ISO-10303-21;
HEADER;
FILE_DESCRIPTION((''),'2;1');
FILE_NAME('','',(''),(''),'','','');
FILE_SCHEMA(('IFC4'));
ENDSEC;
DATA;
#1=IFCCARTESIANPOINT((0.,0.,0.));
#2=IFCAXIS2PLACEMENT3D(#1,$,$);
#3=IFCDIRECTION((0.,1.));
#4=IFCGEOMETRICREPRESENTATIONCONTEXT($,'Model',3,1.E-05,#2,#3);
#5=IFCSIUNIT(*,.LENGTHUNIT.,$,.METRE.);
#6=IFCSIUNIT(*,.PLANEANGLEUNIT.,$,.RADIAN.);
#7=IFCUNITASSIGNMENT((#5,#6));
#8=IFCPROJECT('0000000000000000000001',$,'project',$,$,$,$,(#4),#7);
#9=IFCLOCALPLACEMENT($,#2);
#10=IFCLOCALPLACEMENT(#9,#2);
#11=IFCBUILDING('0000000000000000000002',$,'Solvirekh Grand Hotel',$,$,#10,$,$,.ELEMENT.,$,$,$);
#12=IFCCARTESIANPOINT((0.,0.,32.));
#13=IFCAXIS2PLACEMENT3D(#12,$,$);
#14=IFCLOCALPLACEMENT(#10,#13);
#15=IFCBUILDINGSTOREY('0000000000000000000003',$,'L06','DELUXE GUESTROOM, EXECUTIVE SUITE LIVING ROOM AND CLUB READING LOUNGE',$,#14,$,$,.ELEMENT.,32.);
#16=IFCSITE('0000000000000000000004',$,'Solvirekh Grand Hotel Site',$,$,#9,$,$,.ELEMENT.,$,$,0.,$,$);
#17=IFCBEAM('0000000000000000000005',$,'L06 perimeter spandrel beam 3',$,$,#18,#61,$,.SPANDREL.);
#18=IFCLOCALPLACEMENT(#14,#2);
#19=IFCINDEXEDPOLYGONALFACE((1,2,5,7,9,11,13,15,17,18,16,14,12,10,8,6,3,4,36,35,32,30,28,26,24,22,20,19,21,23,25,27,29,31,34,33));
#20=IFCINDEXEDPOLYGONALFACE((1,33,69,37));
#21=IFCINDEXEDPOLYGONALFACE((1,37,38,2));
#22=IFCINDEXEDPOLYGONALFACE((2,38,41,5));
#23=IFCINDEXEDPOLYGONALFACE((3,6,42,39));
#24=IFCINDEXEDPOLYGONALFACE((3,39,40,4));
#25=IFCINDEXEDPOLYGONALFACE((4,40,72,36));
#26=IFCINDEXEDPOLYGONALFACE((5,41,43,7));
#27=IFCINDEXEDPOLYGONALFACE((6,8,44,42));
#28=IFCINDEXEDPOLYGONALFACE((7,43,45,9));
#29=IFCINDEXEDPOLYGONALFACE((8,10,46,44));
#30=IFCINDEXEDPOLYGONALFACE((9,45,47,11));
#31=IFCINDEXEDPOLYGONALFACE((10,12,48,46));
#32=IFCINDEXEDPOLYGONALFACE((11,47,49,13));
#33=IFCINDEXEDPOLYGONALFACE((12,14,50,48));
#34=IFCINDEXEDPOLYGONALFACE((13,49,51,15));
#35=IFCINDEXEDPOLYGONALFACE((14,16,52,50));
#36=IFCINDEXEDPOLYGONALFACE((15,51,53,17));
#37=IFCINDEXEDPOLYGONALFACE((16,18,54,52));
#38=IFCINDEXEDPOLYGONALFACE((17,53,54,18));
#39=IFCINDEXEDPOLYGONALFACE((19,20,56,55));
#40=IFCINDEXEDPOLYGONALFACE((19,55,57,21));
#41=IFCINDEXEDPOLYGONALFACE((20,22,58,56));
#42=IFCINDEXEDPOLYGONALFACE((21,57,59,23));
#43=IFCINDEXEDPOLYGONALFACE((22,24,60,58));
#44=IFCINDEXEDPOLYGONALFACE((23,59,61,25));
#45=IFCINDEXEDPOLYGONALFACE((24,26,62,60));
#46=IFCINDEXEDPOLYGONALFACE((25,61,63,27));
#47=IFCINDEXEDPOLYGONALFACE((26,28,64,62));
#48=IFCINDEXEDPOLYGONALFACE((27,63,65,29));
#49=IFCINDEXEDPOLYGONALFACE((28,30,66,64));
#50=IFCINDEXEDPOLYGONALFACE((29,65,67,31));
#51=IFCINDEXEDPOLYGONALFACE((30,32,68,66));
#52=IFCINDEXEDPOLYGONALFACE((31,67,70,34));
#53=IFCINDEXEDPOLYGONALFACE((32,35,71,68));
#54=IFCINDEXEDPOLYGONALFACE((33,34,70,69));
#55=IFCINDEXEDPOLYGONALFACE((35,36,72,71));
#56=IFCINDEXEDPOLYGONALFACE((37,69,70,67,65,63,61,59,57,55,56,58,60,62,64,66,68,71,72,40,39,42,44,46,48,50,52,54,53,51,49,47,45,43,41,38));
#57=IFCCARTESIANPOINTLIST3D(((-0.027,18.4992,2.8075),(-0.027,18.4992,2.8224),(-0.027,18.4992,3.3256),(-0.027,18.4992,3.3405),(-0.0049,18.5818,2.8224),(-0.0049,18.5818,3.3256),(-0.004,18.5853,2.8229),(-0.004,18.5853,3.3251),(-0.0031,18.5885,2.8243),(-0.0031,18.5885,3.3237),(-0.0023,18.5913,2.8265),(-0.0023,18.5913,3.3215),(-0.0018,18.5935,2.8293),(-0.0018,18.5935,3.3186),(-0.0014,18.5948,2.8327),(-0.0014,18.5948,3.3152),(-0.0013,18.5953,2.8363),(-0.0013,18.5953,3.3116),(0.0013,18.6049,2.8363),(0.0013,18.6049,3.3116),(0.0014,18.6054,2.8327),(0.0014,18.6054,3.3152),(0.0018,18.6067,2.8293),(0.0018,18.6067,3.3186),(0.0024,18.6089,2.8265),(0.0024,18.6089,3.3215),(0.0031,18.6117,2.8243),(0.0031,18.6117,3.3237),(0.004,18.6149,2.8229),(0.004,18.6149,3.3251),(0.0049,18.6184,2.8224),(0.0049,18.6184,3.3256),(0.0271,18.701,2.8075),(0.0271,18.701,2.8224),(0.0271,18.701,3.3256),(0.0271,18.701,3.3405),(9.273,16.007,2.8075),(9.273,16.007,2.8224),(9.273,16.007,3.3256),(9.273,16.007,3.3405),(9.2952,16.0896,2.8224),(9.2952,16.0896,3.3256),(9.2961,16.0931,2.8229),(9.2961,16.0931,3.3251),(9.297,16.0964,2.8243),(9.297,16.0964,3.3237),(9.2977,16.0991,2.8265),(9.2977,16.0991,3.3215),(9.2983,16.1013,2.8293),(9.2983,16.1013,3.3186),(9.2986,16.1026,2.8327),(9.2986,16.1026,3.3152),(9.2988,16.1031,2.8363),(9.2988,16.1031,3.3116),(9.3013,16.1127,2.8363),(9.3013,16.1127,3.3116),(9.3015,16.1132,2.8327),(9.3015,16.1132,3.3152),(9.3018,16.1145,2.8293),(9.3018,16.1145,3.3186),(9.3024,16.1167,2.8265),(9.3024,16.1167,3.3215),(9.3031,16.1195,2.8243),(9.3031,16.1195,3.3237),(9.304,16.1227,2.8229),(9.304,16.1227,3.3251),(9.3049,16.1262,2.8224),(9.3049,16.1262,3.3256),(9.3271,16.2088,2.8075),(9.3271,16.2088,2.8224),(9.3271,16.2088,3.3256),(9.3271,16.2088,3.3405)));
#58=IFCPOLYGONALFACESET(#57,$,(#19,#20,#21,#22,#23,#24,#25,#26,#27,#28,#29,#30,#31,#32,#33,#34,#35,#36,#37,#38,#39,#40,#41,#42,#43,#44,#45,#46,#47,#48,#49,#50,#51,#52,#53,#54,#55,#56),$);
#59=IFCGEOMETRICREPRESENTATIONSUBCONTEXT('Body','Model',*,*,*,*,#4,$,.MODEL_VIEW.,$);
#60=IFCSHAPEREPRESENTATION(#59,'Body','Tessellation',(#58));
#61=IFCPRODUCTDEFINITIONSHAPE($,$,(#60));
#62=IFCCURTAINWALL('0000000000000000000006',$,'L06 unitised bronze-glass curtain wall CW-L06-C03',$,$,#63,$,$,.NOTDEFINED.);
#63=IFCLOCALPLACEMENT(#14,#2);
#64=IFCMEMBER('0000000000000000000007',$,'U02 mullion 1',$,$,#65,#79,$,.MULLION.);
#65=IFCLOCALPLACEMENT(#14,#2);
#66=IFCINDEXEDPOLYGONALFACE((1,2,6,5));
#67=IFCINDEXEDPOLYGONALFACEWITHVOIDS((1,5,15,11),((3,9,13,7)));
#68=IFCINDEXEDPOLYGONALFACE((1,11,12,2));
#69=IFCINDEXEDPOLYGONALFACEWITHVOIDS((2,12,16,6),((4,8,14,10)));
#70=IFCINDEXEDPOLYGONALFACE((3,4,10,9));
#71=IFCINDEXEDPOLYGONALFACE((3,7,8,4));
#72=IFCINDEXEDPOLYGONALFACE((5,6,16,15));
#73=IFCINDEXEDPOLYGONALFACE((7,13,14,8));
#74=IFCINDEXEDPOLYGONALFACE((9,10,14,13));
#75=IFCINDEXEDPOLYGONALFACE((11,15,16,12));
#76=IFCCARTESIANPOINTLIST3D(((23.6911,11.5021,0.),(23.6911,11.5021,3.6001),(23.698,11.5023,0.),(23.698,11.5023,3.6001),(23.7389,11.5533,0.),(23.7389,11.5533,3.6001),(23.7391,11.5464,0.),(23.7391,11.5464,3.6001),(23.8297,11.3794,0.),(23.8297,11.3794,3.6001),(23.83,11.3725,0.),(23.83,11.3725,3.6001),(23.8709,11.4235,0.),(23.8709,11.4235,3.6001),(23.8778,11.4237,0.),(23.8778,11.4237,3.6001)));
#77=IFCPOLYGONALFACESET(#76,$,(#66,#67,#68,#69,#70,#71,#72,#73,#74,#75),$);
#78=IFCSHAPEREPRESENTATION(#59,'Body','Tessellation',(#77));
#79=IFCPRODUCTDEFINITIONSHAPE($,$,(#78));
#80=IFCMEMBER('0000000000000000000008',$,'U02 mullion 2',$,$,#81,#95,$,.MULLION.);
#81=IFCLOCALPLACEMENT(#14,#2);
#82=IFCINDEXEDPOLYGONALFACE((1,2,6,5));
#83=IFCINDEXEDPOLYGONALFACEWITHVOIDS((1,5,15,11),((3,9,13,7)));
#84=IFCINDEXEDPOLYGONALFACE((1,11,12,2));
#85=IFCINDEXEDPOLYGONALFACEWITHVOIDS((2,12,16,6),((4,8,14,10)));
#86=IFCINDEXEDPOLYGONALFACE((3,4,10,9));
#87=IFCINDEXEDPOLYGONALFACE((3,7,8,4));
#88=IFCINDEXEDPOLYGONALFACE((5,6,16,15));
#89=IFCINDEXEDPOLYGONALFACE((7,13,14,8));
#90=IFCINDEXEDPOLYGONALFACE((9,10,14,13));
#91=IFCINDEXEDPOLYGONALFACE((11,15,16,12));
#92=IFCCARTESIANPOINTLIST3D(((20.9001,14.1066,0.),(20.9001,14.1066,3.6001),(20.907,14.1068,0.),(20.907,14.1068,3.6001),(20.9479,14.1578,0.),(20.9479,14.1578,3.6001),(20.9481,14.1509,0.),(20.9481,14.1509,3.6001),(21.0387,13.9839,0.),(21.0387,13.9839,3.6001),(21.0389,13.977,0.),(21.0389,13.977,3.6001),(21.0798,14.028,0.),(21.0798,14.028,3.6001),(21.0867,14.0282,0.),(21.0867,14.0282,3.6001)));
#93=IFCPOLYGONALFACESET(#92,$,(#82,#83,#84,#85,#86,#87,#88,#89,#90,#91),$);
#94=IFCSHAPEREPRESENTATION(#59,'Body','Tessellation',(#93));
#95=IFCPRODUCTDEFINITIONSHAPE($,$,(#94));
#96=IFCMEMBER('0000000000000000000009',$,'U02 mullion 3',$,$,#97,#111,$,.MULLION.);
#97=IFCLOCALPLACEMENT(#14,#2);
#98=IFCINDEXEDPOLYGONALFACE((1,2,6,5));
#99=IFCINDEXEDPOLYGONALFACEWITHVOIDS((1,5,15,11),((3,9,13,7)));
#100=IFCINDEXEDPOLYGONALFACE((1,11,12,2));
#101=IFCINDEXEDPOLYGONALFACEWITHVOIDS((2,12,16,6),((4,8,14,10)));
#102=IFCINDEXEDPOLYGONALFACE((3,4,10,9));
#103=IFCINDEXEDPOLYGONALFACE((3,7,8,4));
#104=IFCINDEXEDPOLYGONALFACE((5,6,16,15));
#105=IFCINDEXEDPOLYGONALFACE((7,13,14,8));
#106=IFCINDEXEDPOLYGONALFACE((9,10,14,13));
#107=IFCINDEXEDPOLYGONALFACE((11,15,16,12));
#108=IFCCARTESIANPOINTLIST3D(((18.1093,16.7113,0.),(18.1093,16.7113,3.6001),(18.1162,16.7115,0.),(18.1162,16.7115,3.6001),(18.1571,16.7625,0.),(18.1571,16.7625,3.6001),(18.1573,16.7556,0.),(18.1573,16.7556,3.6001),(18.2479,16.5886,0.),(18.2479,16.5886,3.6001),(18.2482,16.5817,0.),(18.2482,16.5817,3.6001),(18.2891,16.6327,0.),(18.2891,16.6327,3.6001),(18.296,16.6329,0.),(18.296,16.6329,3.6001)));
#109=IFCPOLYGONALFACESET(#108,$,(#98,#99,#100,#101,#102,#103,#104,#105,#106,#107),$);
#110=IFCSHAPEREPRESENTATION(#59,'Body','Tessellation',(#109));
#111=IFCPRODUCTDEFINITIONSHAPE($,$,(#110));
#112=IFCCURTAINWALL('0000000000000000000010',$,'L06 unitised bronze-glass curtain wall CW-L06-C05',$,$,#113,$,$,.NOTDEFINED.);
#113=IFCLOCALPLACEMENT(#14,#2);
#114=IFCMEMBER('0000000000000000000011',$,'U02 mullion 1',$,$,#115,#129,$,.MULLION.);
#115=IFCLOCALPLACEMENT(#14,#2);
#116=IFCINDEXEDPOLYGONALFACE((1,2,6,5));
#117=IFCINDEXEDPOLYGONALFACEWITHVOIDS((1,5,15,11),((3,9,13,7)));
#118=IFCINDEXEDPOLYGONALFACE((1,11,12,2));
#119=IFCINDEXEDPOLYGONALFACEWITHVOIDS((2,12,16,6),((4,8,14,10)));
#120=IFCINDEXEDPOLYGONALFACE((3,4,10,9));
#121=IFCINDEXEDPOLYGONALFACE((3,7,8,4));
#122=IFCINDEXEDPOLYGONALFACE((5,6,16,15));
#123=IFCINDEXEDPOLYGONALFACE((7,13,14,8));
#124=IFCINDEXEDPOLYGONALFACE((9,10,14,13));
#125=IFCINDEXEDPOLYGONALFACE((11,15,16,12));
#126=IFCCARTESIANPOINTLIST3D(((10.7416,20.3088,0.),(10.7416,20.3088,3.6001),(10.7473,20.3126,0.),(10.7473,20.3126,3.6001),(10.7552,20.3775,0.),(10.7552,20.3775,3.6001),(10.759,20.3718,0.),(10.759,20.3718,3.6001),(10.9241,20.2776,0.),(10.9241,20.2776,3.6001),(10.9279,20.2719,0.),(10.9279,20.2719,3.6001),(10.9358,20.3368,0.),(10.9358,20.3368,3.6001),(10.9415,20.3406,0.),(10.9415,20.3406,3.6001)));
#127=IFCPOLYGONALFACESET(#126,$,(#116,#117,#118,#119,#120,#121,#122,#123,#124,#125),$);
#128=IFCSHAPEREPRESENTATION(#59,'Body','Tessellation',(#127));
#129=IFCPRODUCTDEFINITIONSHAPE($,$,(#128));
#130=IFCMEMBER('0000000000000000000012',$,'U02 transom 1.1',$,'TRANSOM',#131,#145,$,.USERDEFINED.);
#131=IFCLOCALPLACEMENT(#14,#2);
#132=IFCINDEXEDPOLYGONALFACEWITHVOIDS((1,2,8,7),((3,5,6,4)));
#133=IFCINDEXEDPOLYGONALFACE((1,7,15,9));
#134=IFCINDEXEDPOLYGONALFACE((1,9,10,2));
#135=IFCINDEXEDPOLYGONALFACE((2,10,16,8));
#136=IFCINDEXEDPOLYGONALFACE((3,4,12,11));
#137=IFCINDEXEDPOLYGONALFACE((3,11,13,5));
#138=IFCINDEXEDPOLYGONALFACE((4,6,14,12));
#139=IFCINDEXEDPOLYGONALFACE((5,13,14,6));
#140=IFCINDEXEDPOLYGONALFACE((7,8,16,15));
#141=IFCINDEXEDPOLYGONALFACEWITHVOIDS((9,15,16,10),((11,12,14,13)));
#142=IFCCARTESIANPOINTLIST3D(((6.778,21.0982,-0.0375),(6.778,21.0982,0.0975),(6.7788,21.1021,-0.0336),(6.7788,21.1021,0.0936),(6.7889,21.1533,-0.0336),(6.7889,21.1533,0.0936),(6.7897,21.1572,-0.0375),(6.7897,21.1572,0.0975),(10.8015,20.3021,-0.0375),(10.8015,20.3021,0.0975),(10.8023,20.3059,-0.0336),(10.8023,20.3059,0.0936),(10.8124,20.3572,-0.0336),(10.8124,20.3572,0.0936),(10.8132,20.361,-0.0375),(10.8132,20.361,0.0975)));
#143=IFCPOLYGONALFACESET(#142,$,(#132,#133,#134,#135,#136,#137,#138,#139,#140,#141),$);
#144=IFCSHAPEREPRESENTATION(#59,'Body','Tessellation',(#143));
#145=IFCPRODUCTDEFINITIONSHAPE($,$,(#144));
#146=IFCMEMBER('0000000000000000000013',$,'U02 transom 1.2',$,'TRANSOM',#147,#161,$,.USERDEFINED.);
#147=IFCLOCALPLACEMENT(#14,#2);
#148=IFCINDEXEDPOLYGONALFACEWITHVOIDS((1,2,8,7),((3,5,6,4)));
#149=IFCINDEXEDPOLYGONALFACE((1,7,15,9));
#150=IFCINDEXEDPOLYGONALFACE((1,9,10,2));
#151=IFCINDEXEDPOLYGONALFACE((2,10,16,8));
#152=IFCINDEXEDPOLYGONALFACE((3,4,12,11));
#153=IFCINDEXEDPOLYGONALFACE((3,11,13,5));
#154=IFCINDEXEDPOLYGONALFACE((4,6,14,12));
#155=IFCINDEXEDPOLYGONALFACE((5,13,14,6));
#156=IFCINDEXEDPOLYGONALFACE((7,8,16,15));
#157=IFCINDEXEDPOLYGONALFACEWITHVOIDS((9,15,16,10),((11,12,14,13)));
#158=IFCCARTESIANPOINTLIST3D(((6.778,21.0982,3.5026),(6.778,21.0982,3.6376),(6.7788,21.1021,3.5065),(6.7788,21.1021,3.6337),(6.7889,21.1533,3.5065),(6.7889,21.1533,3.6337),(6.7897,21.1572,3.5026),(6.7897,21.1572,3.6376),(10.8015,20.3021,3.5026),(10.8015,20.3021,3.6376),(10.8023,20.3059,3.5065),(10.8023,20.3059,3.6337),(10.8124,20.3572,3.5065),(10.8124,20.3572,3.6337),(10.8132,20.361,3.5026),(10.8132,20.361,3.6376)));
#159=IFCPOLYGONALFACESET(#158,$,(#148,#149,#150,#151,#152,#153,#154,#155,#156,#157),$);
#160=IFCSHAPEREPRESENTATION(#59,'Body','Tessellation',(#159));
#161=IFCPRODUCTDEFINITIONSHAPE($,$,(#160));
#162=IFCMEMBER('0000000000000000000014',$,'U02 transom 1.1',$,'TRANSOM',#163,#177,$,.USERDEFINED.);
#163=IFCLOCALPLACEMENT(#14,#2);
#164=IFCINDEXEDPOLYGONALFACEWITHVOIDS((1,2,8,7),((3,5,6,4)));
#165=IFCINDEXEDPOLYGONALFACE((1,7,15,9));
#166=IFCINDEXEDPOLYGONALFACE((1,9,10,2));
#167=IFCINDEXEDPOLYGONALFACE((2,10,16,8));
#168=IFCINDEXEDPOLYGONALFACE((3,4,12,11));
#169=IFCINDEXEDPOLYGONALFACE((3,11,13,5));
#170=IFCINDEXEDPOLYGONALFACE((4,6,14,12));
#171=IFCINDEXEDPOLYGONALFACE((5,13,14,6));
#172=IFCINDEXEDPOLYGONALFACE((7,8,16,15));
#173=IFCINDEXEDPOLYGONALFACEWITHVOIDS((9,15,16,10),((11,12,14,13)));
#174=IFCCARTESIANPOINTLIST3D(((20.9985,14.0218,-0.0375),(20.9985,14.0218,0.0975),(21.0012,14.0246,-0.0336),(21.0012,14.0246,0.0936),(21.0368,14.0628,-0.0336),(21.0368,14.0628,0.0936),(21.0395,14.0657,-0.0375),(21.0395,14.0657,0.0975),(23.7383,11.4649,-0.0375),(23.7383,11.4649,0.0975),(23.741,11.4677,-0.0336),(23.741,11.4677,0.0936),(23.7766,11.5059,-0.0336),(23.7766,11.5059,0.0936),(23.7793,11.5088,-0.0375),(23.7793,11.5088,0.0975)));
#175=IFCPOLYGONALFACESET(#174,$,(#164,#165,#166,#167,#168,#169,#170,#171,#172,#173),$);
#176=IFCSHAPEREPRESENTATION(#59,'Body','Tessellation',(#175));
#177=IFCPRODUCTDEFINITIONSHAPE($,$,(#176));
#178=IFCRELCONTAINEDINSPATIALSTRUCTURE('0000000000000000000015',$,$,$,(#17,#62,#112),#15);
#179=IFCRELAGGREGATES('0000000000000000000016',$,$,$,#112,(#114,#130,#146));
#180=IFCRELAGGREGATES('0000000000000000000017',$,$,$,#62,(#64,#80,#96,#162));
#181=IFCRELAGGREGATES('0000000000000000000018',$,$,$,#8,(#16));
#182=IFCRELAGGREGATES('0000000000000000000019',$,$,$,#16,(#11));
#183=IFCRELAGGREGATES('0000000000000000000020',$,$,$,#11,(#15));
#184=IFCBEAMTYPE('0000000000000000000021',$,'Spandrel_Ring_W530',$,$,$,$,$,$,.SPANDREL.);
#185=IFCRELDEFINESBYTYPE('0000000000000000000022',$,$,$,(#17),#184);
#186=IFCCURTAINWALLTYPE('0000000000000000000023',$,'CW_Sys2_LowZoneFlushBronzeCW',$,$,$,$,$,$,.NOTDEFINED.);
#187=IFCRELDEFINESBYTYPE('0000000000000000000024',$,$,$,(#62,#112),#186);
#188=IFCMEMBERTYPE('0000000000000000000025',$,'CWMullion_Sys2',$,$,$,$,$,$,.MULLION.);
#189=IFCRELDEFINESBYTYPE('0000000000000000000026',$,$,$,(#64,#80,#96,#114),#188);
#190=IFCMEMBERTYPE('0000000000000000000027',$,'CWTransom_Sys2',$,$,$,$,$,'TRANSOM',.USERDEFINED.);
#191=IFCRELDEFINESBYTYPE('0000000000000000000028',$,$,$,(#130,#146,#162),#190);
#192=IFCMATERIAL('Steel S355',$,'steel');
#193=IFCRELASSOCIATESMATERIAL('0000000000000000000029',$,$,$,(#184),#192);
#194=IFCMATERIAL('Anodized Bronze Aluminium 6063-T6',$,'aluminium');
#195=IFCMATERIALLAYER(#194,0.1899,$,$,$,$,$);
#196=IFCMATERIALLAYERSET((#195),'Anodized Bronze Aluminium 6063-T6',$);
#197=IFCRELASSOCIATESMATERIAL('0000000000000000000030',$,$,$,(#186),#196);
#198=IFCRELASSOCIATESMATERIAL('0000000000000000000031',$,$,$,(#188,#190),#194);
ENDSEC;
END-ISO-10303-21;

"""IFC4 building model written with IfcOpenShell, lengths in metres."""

from ifc_helpers import new_model, si_unit, direction, frame, origin, origin_2d, place, context, subcontext, project, spatial, hollow_rectangle, i_section, extrude, source, transform, mapped, material, layer, layer_set, material_profile, profile_set, type_object, element, aggregate, save


model = new_model("IFC4")

# Units and contexts
model_context = context("Model", 3, precision=1e-05, world=origin(), true_north=direction((0.0, 1.0)))
body_context = subcontext(model_context, "Body", "Model", "MODEL_VIEW")
ifc_project = project(units=[si_unit("LENGTHUNIT", "METRE"), si_unit("PLANEANGLEUNIT", "RADIAN")], contexts=[model_context])

# Site, building, storey
site_placement = place(None, origin())
site = spatial("IfcSite", under=ifc_project, at=site_placement, Name="Solvirekh Grand Hotel Site", CompositionType="ELEMENT", RefElevation=0.0)
building_placement = place(site_placement, origin())
building = spatial("IfcBuilding", under=site, at=building_placement, Name="Solvirekh Grand Hotel", CompositionType="ELEMENT")
storey_placement = place(building_placement, frame((0.0, 0.0, 32.0)))
storey = spatial("IfcBuildingStorey", under=building, at=storey_placement, Name="L06", Description="DELUXE GUESTROOM, EXECUTIVE SUITE LIVING ROOM AND CLUB READING LOUNGE", CompositionType="ELEMENT", Elevation=32.0)

# Beam
ifc_material_1 = material(Name="Steel S355", Category="steel")
ifc_material_profile_1 = material_profile(ifc_material_1, i_section(OverallWidth=0.209, OverallDepth=0.533, WebThickness=0.01, FlangeThickness=0.0149, FilletRadius=0.0139, at=origin_2d()), Name="W530X92")
ifc_profile_set_1 = profile_set([ifc_material_profile_1], Name="Steel S355")
beam_type = type_object("IfcBeamType", Name="Spandrel_Ring_W530", PredefinedType="SPANDREL", material=ifc_profile_set_1)
beam_placement = place(storey_placement, frame((9.3, 16.1079, 3.074), z_axis=(-0.965919, 0.258843, 0.0), x_axis=(-0.258843, -0.965919, 0.0)))
element("IfcBeam", 1, at=beam_placement, inside=storey, type_object=beam_type, Name="L06 perimeter spandrel beam 3", PredefinedType="SPANDREL", context=body_context, shape_type="SweptSolid", body=[
    extrude(i_section(OverallWidth=0.209, OverallDepth=0.533, WebThickness=0.01, FlangeThickness=0.0149, FilletRadius=0.0139, at=origin_2d()), origin(), (0.0, 0.0, 1.0), 9.6282),
])

# Curtain walls, members
ifc_material_2 = material(Name="Anodized Bronze Aluminium 6063-T6", Category="aluminium")
ifc_layer_1 = layer(ifc_material_2, 0.1899)
ifc_layer_set_1 = layer_set([ifc_layer_1], Name="Anodized Bronze Aluminium 6063-T6")
curtain_wall_type = type_object("IfcCurtainWallType", Name="CW_Sys2_LowZoneFlushBronzeCW", PredefinedType="NOTDEFINED", material=ifc_layer_set_1)
curtain_wall_1_placement = place(storey_placement, origin())
curtain_wall_1 = element("IfcCurtainWall", 2, at=curtain_wall_1_placement, inside=storey, type_object=curtain_wall_type, Name="L06 unitised bronze-glass curtain wall CW-L06-C03", PredefinedType="NOTDEFINED")
ifc_material_profile_2 = material_profile(ifc_material_2, hollow_rectangle(XDim=0.0701, YDim=0.1899, WallThickness=0.0049, at=origin_2d()), Name="ALU RHS 190X70X5")
ifc_profile_set_2 = profile_set([ifc_material_profile_2], Name="Anodized Bronze Aluminium 6063-T6")
member_type_1 = type_object("IfcMemberType", Name="CWMullion_Sys2", PredefinedType="MULLION", material=ifc_profile_set_2)
shared_shape_1 = source(origin(), body_context, "Body", "SweptSolid", [
    extrude(hollow_rectangle(XDim=0.0701, YDim=0.1899, WallThickness=0.0049, at=origin_2d()), origin(), (0.0, 0.0, 1.0), 3.6001),
])
member_1_placement = place(storey_placement, frame((23.7844, 11.4629, 0.0), z_axis=(0.0, 0.0, 1.0), x_axis=(-0.682286, -0.731085, 0.0)))
member_1 = element("IfcMember", 3, at=member_1_placement, type_object=member_type_1, Name="U02 mullion 1", PredefinedType="MULLION", context=body_context, shape_type="MappedRepresentation", body=[
    mapped(shared_shape_1, transform((0.0, 0.0, 0.0), x_axis=(1.0, 0.0, 0.0), y_axis=(0.0, 1.0, 0.0), z_axis=(0.0, 0.0, 1.0), scale=1.0)),
])
member_2_placement = place(storey_placement, frame((20.9934, 14.0674, 0.0), z_axis=(0.0, 0.0, 1.0), x_axis=(-0.682286, -0.731085, 0.0)))
member_2 = element("IfcMember", 4, at=member_2_placement, type_object=member_type_1, Name="U02 mullion 2", PredefinedType="MULLION", context=body_context, shape_type="MappedRepresentation", body=[
    mapped(shared_shape_1, transform((0.0, 0.0, 0.0), x_axis=(1.0, 0.0, 0.0), y_axis=(0.0, 1.0, 0.0), z_axis=(0.0, 0.0, 1.0), scale=1.0)),
])
member_3_placement = place(storey_placement, frame((18.2026, 16.6721, 0.0), z_axis=(0.0, 0.0, 1.0), x_axis=(-0.682286, -0.731085, 0.0)))
member_3 = element("IfcMember", 5, at=member_3_placement, type_object=member_type_1, Name="U02 mullion 3", PredefinedType="MULLION", context=body_context, shape_type="MappedRepresentation", body=[
    mapped(shared_shape_1, transform((0.0, 0.0, 0.0), x_axis=(1.0, 0.0, 0.0), y_axis=(0.0, 1.0, 0.0), z_axis=(0.0, 0.0, 1.0), scale=1.0)),
])
curtain_wall_2_placement = place(storey_placement, origin())
curtain_wall_2 = element("IfcCurtainWall", 6, at=curtain_wall_2_placement, inside=storey, type_object=curtain_wall_type, Name="L06 unitised bronze-glass curtain wall CW-L06-C05", PredefinedType="NOTDEFINED")
member_4_placement = place(storey_placement, frame((10.8416, 20.3247, 0.0), z_axis=(0.0, 0.0, 1.0), x_axis=(-0.194104, -0.980981, 0.0)))
member_4 = element("IfcMember", 7, at=member_4_placement, type_object=member_type_1, Name="U02 mullion 1", PredefinedType="MULLION", context=body_context, shape_type="MappedRepresentation", body=[
    mapped(shared_shape_1, transform((0.0, 0.0, 0.0), x_axis=(1.0, 0.0, 0.0), y_axis=(0.0, 1.0, 0.0), z_axis=(0.0, 0.0, 1.0), scale=1.0)),
])
ifc_material_profile_3 = material_profile(ifc_material_2, hollow_rectangle(XDim=0.0601, YDim=0.135, WallThickness=0.0039, at=origin_2d()), Name="ALU RHS 135X60X4")
ifc_profile_set_3 = profile_set([ifc_material_profile_3], Name="Anodized Bronze Aluminium 6063-T6")
member_type_2 = type_object("IfcMemberType", Name="CWTransom_Sys2", ElementType="TRANSOM", PredefinedType="USERDEFINED", material=ifc_profile_set_3)
shared_shape_2 = source(origin(), body_context, "Body", "SweptSolid", [
    extrude(hollow_rectangle(XDim=0.0601, YDim=0.135, WallThickness=0.0039, at=origin_2d()), origin(), (0.0, 0.0, 1.0), 4.1016),
])
member_5_placement = place(storey_placement, frame((10.8074, 20.3315, 0.03), z_axis=(-0.980979, 0.194112, 0.0), x_axis=(-0.194112, -0.980979, 0.0)))
member_5 = element("IfcMember", 8, at=member_5_placement, type_object=member_type_2, Name="U02 transom 1.1", ObjectType="TRANSOM", PredefinedType="USERDEFINED", context=body_context, shape_type="MappedRepresentation", body=[
    mapped(shared_shape_2, transform((0.0, 0.0, 0.0), x_axis=(1.0, 0.0, 0.0), y_axis=(0.0, 1.0, 0.0), z_axis=(0.0, 0.0, 1.0), scale=1.0)),
])
member_6_placement = place(storey_placement, frame((10.8074, 20.3315, 3.5701), z_axis=(-0.980979, 0.194112, 0.0), x_axis=(-0.194112, -0.980979, 0.0)))
member_6 = element("IfcMember", 9, at=member_6_placement, type_object=member_type_2, Name="U02 transom 1.2", ObjectType="TRANSOM", PredefinedType="USERDEFINED", context=body_context, shape_type="MappedRepresentation", body=[
    mapped(shared_shape_2, transform((0.0, 0.0, 0.0), x_axis=(1.0, 0.0, 0.0), y_axis=(0.0, 1.0, 0.0), z_axis=(0.0, 0.0, 1.0), scale=1.0)),
])
aggregate(curtain_wall_2, [member_4, member_5, member_6])

# Member
shared_shape_3 = source(origin(), body_context, "Body", "SweptSolid", [
    extrude(hollow_rectangle(XDim=0.0601, YDim=0.135, WallThickness=0.0039, at=origin_2d()), origin(), (0.0, 0.0, 1.0), 3.7476),
])
member_7_placement = place(storey_placement, frame((23.7588, 11.4868, 0.03), z_axis=(-0.731083, 0.682288, 0.0), x_axis=(-0.682288, -0.731083, 0.0)))
member_7 = element("IfcMember", 10, at=member_7_placement, type_object=member_type_2, Name="U02 transom 1.1", ObjectType="TRANSOM", PredefinedType="USERDEFINED", context=body_context, shape_type="MappedRepresentation", body=[
    mapped(shared_shape_3, transform((0.0, 0.0, 0.0), x_axis=(1.0, 0.0, 0.0), y_axis=(0.0, 1.0, 0.0), z_axis=(0.0, 0.0, 1.0), scale=1.0)),
])

aggregate(curtain_wall_1, [member_1, member_2, member_3, member_7])

save(model, "model.ifc")
